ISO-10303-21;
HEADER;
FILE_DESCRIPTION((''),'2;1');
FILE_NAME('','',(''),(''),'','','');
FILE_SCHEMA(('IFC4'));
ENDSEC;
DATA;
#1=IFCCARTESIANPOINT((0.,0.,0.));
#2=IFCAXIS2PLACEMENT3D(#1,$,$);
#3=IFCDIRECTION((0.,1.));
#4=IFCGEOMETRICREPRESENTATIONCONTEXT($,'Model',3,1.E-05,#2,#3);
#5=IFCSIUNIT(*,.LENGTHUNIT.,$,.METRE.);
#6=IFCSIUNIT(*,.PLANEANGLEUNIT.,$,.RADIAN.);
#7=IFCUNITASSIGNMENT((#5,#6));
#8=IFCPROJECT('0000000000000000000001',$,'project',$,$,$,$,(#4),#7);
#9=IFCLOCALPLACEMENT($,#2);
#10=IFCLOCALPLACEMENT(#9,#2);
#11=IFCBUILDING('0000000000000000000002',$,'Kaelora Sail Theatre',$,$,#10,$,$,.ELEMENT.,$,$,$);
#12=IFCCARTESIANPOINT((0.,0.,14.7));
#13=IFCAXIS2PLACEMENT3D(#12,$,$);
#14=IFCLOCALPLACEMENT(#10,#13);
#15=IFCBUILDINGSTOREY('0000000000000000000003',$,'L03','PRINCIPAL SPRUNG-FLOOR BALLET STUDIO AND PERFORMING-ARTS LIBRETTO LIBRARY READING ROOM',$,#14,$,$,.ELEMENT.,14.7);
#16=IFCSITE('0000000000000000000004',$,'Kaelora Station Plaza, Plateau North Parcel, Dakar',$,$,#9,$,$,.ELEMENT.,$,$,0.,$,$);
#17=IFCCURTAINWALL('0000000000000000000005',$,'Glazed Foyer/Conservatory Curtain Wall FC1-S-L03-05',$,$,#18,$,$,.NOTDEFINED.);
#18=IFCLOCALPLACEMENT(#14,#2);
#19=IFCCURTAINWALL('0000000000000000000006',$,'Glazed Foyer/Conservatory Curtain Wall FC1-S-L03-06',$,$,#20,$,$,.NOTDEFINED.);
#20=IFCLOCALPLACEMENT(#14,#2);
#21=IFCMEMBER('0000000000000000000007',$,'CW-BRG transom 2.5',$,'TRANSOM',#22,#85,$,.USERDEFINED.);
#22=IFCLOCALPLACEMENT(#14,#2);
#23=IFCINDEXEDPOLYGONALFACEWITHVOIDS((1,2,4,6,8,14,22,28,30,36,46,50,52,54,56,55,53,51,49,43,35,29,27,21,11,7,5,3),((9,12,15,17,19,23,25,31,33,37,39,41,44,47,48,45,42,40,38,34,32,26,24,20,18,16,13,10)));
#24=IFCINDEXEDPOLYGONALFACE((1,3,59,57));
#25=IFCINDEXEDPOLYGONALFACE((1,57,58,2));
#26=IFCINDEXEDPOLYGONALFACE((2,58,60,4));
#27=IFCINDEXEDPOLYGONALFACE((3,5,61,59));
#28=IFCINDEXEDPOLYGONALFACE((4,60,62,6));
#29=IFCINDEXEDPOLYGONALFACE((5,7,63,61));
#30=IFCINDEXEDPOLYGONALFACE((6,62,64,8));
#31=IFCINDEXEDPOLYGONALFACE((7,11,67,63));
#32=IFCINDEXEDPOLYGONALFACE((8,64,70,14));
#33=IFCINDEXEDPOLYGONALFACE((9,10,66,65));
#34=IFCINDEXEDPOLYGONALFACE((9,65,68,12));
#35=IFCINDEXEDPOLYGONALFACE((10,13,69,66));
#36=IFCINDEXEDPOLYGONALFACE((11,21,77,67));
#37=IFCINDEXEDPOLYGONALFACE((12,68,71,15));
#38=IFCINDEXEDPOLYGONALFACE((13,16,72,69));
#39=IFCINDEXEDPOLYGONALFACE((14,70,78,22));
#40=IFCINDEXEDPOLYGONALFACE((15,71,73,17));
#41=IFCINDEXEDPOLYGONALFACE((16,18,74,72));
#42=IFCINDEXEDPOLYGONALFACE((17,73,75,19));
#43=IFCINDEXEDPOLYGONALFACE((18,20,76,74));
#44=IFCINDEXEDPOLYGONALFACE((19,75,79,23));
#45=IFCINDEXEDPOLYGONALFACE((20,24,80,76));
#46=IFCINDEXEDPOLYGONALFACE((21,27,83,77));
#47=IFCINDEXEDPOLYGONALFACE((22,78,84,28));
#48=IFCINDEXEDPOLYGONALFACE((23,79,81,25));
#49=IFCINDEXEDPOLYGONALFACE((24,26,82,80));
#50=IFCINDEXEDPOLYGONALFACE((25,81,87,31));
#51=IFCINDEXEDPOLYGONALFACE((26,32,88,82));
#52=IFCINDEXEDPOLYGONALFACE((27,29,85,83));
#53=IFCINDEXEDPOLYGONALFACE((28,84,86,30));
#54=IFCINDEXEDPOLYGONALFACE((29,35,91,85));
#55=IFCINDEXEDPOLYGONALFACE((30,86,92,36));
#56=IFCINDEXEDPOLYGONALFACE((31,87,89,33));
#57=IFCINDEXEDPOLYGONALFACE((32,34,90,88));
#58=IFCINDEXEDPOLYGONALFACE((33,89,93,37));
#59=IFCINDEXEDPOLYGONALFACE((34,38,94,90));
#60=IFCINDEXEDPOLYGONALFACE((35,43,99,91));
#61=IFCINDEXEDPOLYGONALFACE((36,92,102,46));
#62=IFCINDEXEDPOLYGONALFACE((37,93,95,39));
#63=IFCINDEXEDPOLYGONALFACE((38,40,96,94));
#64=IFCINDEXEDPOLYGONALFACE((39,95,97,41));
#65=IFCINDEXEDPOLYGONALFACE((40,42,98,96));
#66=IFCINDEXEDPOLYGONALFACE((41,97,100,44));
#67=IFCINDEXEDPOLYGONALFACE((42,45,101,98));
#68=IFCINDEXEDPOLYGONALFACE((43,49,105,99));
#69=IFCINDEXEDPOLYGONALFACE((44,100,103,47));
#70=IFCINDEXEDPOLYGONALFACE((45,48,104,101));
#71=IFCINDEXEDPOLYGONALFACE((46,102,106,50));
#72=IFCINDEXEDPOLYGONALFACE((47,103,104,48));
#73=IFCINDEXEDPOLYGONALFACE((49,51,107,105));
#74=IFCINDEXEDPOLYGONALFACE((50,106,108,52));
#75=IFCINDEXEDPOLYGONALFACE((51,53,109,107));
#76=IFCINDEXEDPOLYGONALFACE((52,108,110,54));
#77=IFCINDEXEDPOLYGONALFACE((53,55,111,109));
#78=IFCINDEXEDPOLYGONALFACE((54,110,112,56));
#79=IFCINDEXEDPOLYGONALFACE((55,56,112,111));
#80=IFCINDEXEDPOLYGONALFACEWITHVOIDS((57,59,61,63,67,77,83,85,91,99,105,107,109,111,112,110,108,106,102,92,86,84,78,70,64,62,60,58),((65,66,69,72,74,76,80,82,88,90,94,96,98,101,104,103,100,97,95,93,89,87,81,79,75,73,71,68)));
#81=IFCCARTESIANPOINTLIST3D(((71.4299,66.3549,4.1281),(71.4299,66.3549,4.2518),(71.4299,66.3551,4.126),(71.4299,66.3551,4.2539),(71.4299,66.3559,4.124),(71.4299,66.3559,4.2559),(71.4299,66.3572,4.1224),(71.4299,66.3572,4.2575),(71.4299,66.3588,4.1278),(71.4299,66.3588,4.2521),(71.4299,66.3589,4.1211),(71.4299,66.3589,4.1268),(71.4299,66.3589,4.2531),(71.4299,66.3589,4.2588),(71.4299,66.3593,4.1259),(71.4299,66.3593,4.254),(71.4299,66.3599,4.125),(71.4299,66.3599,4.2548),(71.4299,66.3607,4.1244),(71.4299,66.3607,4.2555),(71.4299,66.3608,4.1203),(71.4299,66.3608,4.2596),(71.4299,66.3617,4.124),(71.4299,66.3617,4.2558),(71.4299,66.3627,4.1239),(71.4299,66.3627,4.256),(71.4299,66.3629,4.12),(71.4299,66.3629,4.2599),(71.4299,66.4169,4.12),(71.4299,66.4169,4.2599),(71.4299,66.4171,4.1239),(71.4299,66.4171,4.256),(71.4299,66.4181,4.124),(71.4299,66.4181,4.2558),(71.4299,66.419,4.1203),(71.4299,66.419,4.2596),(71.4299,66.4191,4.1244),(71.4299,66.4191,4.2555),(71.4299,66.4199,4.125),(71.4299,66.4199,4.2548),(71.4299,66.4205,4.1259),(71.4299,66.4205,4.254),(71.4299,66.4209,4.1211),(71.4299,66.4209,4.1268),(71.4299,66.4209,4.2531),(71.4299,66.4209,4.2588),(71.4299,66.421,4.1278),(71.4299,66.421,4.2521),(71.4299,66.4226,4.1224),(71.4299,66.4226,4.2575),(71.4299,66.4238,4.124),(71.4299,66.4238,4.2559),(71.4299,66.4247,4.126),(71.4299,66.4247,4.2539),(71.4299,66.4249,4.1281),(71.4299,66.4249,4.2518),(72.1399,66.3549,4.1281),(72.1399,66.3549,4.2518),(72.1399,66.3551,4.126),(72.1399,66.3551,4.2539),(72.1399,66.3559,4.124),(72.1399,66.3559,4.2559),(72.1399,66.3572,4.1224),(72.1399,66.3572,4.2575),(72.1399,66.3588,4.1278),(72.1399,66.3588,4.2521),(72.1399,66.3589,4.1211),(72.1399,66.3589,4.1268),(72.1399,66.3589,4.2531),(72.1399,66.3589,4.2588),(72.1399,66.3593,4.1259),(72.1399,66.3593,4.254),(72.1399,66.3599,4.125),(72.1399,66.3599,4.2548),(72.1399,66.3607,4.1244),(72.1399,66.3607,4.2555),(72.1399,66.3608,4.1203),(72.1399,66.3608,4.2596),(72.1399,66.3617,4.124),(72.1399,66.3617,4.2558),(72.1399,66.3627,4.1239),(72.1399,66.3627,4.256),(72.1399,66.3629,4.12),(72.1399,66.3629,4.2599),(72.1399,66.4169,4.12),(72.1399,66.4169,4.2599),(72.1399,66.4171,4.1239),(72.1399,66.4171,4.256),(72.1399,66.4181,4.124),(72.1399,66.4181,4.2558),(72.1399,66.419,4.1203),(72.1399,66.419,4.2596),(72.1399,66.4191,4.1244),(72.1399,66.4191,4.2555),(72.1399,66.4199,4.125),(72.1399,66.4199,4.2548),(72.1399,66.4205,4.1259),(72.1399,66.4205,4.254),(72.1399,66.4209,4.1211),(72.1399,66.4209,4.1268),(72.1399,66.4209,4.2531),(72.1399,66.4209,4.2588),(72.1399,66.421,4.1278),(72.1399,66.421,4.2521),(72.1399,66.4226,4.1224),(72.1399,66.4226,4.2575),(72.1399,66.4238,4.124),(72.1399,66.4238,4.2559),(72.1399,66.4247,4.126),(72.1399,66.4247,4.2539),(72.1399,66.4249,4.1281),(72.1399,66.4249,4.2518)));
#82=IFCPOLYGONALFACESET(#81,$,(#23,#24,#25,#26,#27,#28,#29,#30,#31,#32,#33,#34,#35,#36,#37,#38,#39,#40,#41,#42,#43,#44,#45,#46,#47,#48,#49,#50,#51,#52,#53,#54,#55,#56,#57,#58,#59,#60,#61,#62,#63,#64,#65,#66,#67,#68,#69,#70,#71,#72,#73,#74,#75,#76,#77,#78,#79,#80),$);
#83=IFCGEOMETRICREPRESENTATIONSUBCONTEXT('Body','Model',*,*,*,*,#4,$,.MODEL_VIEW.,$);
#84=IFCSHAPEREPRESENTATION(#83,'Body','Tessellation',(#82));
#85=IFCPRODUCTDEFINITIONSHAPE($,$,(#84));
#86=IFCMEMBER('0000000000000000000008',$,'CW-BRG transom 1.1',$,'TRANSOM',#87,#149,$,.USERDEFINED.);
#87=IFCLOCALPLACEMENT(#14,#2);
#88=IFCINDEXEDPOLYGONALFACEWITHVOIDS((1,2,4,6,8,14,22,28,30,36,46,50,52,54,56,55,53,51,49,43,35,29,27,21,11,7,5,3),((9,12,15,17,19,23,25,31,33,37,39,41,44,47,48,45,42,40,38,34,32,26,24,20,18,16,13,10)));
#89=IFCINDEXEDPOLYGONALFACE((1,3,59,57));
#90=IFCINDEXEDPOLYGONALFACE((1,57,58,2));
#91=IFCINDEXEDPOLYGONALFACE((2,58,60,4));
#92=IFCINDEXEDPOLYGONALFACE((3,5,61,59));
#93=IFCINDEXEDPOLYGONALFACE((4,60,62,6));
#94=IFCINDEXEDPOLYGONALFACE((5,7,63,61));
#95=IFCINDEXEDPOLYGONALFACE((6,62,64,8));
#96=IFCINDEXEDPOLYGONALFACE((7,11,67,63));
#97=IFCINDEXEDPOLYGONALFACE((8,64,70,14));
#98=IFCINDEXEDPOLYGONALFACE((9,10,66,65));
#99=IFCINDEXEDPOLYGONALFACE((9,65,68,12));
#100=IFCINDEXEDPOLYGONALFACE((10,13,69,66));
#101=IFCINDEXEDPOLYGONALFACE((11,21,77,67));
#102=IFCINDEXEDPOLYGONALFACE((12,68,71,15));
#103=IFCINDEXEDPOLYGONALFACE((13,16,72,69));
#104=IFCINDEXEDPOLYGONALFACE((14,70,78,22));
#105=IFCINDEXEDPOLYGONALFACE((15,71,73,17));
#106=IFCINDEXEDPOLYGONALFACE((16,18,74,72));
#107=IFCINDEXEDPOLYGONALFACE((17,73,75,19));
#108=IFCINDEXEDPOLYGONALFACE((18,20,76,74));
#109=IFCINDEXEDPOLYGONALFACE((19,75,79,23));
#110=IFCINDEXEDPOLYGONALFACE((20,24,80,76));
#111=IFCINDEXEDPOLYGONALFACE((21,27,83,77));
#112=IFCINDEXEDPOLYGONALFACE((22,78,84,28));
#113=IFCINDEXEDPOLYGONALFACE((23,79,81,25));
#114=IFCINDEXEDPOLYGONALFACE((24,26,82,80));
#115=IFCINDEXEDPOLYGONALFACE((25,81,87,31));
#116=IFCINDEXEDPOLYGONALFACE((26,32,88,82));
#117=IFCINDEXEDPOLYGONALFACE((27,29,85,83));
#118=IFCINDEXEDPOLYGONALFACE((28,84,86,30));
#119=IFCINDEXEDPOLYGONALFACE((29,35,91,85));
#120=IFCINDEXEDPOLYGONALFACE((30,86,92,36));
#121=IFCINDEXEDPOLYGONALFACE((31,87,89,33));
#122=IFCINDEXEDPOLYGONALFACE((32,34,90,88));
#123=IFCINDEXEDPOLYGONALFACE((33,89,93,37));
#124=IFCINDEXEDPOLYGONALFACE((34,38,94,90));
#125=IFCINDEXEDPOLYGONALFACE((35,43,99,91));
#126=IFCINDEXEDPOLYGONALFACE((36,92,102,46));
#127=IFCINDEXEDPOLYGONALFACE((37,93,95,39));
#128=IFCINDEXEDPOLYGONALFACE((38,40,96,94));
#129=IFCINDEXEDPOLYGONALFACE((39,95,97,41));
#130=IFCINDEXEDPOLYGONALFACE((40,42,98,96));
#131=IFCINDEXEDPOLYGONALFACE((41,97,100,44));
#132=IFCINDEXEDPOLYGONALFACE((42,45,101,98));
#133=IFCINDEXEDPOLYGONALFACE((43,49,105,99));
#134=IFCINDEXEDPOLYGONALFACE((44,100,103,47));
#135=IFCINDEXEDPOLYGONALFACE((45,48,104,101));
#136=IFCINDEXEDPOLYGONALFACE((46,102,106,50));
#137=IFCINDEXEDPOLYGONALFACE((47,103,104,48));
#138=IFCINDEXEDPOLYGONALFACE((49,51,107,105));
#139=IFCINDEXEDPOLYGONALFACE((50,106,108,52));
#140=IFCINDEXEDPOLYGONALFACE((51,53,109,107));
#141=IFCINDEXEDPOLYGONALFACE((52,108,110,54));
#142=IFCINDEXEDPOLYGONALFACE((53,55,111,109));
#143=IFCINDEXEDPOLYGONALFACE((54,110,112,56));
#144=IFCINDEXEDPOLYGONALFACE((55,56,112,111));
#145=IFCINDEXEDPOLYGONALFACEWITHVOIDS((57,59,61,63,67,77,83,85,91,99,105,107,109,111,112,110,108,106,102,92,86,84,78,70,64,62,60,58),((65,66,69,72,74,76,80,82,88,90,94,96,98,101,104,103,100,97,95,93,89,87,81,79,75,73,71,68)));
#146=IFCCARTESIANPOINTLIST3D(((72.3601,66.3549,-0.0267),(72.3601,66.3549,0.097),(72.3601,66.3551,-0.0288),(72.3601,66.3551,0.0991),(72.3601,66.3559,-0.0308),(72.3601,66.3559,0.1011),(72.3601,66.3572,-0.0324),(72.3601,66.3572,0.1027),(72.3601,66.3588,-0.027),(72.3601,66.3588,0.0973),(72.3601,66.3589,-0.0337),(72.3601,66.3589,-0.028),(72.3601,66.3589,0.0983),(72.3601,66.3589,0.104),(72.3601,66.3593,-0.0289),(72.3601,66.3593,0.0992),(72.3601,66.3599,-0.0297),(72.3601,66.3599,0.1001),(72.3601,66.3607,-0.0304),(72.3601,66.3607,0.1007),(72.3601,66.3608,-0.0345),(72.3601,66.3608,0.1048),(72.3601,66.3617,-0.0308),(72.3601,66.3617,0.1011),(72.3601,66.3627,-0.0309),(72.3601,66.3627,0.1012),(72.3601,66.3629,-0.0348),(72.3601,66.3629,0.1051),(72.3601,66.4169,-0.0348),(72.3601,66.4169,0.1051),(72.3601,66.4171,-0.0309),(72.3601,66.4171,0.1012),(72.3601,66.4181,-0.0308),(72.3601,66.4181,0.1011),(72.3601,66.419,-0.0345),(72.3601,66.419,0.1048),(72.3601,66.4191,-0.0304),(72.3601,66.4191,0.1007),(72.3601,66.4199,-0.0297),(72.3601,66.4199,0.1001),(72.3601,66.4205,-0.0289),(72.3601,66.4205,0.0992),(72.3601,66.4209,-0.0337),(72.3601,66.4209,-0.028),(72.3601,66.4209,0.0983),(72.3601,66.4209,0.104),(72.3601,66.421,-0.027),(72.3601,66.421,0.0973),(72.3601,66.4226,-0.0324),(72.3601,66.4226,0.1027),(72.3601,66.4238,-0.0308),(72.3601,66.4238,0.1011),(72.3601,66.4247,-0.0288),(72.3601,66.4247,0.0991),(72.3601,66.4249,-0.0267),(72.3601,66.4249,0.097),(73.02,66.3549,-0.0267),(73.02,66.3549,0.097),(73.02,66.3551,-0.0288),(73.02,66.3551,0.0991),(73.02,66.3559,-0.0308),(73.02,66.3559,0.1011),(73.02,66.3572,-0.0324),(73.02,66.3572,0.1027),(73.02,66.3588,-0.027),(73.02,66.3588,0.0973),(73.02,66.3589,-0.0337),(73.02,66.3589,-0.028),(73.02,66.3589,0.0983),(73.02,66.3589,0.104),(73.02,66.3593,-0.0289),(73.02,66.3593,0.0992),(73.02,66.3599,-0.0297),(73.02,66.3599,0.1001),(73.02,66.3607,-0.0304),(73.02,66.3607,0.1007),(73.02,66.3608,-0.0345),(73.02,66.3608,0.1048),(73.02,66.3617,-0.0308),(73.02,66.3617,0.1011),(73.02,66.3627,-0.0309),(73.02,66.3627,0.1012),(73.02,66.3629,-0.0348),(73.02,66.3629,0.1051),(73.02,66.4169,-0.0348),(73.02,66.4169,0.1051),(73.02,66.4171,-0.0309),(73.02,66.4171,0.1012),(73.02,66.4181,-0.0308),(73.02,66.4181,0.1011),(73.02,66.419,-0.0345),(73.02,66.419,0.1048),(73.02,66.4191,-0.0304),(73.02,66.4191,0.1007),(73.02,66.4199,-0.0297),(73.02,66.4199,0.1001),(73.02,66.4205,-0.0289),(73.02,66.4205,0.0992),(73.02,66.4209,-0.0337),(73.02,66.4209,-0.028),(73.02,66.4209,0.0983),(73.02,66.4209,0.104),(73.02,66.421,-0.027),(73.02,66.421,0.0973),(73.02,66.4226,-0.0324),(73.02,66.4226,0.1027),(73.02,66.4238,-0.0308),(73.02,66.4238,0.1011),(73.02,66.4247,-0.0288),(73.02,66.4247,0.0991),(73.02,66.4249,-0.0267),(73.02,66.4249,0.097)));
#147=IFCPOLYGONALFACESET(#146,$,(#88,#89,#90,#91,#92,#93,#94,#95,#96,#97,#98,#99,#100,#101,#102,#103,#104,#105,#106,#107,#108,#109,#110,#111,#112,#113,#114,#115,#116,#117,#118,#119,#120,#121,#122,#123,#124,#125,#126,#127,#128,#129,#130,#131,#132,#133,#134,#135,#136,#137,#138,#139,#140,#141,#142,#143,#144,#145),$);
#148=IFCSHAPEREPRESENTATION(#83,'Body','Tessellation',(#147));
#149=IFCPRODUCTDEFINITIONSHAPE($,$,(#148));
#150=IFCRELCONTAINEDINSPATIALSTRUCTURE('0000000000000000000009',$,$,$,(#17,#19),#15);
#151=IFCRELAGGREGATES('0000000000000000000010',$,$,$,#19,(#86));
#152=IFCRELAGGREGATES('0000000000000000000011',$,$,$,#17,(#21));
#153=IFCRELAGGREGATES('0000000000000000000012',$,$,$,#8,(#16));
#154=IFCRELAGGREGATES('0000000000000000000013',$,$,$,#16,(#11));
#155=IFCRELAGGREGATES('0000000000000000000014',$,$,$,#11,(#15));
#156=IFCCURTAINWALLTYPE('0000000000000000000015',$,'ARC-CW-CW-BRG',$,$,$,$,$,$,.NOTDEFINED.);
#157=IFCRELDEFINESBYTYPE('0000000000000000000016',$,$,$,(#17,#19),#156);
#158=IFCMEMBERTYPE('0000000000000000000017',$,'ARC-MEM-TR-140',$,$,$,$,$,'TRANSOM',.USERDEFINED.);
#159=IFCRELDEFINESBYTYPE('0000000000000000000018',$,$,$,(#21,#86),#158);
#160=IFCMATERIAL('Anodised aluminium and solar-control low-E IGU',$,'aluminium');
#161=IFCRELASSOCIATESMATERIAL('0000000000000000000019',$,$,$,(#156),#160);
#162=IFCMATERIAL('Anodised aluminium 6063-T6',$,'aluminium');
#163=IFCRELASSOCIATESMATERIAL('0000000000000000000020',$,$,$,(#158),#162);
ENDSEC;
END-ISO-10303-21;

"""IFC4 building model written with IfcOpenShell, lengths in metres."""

from ifc_helpers import new_model, si_unit, direction, frame, origin, origin_2d, place, context, subcontext, project, spatial, hollow_rectangle, extrude, material, material_profile, profile_set, type_object, element, aggregate, save


model = new_model("IFC4")

# Units and contexts
model_context = context("Model", 3, precision=1e-05, world=origin(), true_north=direction((0.0, 1.0)))
body_context = subcontext(model_context, "Body", "Model", "MODEL_VIEW")
ifc_project = project(units=[si_unit("LENGTHUNIT", "METRE"), si_unit("PLANEANGLEUNIT", "RADIAN")], contexts=[model_context])

# Site, building, storey
site_placement = place(None, origin())
site = spatial("IfcSite", under=ifc_project, at=site_placement, Name="Kaelora Station Plaza, Plateau North Parcel, Dakar", CompositionType="ELEMENT", RefElevation=0.0)
building_placement = place(site_placement, origin())
building = spatial("IfcBuilding", under=site, at=building_placement, Name="Kaelora Sail Theatre", CompositionType="ELEMENT")
storey_placement = place(building_placement, frame((0.0, 0.0, 14.7)))
storey = spatial("IfcBuildingStorey", under=building, at=storey_placement, Name="L03", Description="PRINCIPAL SPRUNG-FLOOR BALLET STUDIO AND PERFORMING-ARTS LIBRETTO LIBRARY READING ROOM", CompositionType="ELEMENT", Elevation=14.7)

# Curtain wall
ifc_material_1 = material(Name="Anodised aluminium and solar-control low-E IGU", Category="aluminium")
curtain_wall_type = type_object("IfcCurtainWallType", Name="ARC-CW-CW-BRG", PredefinedType="NOTDEFINED", material=ifc_material_1)
curtain_wall_1_placement = place(storey_placement, origin())
curtain_wall_1 = element("IfcCurtainWall", 1, at=curtain_wall_1_placement, inside=storey, type_object=curtain_wall_type, Name="Glazed Foyer/Conservatory Curtain Wall FC1-S-L03-05", PredefinedType="NOTDEFINED")

# Curtain wall
curtain_wall_2_placement = place(storey_placement, origin())
curtain_wall_2 = element("IfcCurtainWall", 2, at=curtain_wall_2_placement, inside=storey, type_object=curtain_wall_type, Name="Glazed Foyer/Conservatory Curtain Wall FC1-S-L03-06", PredefinedType="NOTDEFINED")

# Members
ifc_material_2 = material(Name="Anodised aluminium 6063-T6", Category="aluminium")
ifc_material_profile_1 = material_profile(ifc_material_2, hollow_rectangle(XDim=0.0701, YDim=0.1399, WallThickness=0.0039, InnerFilletRadius=0.0039, OuterFilletRadius=0.0081, at=origin_2d()), Name="ALU-TRAN 70x140x4")
ifc_profile_set_1 = profile_set([ifc_material_profile_1], Name="Anodised aluminium 6063-T6")
member_type_1 = type_object("IfcMemberType", Name="ARC-MEM-TR-140", ElementType="TRANSOM", PredefinedType="USERDEFINED", material=ifc_profile_set_1)
member_1_placement = place(storey_placement, frame((71.4299, 66.3899, 4.1899), z_axis=(1.0, 0.0, 0.0), x_axis=(0.0, 1.0, 0.0)))
member_1 = element("IfcMember", 3, at=member_1_placement, type_object=member_type_1, Name="CW-BRG transom 2.5", ObjectType="TRANSOM", PredefinedType="USERDEFINED", context=body_context, shape_type="SweptSolid", body=[
    extrude(hollow_rectangle(XDim=0.0701, YDim=0.1399, WallThickness=0.0039, InnerFilletRadius=0.0039, OuterFilletRadius=0.0081, at=origin_2d()), origin(), (0.0, 0.0, 1.0), 0.71),
])
member_2_placement = place(storey_placement, frame((72.3601, 66.3899, 0.0352), z_axis=(1.0, 0.0, 0.0), x_axis=(0.0, 1.0, 0.0)))
member_2 = element("IfcMember", 4, at=member_2_placement, type_object=member_type_1, Name="CW-BRG transom 1.1", ObjectType="TRANSOM", PredefinedType="USERDEFINED", context=body_context, shape_type="SweptSolid", body=[
    extrude(hollow_rectangle(XDim=0.0701, YDim=0.1399, WallThickness=0.0039, InnerFilletRadius=0.0039, OuterFilletRadius=0.0081, at=origin_2d()), origin(), (0.0, 0.0, 1.0), 0.6599),
])
aggregate(curtain_wall_2, [member_2])

aggregate(curtain_wall_1, [member_1])

save(model, "model.ifc")
